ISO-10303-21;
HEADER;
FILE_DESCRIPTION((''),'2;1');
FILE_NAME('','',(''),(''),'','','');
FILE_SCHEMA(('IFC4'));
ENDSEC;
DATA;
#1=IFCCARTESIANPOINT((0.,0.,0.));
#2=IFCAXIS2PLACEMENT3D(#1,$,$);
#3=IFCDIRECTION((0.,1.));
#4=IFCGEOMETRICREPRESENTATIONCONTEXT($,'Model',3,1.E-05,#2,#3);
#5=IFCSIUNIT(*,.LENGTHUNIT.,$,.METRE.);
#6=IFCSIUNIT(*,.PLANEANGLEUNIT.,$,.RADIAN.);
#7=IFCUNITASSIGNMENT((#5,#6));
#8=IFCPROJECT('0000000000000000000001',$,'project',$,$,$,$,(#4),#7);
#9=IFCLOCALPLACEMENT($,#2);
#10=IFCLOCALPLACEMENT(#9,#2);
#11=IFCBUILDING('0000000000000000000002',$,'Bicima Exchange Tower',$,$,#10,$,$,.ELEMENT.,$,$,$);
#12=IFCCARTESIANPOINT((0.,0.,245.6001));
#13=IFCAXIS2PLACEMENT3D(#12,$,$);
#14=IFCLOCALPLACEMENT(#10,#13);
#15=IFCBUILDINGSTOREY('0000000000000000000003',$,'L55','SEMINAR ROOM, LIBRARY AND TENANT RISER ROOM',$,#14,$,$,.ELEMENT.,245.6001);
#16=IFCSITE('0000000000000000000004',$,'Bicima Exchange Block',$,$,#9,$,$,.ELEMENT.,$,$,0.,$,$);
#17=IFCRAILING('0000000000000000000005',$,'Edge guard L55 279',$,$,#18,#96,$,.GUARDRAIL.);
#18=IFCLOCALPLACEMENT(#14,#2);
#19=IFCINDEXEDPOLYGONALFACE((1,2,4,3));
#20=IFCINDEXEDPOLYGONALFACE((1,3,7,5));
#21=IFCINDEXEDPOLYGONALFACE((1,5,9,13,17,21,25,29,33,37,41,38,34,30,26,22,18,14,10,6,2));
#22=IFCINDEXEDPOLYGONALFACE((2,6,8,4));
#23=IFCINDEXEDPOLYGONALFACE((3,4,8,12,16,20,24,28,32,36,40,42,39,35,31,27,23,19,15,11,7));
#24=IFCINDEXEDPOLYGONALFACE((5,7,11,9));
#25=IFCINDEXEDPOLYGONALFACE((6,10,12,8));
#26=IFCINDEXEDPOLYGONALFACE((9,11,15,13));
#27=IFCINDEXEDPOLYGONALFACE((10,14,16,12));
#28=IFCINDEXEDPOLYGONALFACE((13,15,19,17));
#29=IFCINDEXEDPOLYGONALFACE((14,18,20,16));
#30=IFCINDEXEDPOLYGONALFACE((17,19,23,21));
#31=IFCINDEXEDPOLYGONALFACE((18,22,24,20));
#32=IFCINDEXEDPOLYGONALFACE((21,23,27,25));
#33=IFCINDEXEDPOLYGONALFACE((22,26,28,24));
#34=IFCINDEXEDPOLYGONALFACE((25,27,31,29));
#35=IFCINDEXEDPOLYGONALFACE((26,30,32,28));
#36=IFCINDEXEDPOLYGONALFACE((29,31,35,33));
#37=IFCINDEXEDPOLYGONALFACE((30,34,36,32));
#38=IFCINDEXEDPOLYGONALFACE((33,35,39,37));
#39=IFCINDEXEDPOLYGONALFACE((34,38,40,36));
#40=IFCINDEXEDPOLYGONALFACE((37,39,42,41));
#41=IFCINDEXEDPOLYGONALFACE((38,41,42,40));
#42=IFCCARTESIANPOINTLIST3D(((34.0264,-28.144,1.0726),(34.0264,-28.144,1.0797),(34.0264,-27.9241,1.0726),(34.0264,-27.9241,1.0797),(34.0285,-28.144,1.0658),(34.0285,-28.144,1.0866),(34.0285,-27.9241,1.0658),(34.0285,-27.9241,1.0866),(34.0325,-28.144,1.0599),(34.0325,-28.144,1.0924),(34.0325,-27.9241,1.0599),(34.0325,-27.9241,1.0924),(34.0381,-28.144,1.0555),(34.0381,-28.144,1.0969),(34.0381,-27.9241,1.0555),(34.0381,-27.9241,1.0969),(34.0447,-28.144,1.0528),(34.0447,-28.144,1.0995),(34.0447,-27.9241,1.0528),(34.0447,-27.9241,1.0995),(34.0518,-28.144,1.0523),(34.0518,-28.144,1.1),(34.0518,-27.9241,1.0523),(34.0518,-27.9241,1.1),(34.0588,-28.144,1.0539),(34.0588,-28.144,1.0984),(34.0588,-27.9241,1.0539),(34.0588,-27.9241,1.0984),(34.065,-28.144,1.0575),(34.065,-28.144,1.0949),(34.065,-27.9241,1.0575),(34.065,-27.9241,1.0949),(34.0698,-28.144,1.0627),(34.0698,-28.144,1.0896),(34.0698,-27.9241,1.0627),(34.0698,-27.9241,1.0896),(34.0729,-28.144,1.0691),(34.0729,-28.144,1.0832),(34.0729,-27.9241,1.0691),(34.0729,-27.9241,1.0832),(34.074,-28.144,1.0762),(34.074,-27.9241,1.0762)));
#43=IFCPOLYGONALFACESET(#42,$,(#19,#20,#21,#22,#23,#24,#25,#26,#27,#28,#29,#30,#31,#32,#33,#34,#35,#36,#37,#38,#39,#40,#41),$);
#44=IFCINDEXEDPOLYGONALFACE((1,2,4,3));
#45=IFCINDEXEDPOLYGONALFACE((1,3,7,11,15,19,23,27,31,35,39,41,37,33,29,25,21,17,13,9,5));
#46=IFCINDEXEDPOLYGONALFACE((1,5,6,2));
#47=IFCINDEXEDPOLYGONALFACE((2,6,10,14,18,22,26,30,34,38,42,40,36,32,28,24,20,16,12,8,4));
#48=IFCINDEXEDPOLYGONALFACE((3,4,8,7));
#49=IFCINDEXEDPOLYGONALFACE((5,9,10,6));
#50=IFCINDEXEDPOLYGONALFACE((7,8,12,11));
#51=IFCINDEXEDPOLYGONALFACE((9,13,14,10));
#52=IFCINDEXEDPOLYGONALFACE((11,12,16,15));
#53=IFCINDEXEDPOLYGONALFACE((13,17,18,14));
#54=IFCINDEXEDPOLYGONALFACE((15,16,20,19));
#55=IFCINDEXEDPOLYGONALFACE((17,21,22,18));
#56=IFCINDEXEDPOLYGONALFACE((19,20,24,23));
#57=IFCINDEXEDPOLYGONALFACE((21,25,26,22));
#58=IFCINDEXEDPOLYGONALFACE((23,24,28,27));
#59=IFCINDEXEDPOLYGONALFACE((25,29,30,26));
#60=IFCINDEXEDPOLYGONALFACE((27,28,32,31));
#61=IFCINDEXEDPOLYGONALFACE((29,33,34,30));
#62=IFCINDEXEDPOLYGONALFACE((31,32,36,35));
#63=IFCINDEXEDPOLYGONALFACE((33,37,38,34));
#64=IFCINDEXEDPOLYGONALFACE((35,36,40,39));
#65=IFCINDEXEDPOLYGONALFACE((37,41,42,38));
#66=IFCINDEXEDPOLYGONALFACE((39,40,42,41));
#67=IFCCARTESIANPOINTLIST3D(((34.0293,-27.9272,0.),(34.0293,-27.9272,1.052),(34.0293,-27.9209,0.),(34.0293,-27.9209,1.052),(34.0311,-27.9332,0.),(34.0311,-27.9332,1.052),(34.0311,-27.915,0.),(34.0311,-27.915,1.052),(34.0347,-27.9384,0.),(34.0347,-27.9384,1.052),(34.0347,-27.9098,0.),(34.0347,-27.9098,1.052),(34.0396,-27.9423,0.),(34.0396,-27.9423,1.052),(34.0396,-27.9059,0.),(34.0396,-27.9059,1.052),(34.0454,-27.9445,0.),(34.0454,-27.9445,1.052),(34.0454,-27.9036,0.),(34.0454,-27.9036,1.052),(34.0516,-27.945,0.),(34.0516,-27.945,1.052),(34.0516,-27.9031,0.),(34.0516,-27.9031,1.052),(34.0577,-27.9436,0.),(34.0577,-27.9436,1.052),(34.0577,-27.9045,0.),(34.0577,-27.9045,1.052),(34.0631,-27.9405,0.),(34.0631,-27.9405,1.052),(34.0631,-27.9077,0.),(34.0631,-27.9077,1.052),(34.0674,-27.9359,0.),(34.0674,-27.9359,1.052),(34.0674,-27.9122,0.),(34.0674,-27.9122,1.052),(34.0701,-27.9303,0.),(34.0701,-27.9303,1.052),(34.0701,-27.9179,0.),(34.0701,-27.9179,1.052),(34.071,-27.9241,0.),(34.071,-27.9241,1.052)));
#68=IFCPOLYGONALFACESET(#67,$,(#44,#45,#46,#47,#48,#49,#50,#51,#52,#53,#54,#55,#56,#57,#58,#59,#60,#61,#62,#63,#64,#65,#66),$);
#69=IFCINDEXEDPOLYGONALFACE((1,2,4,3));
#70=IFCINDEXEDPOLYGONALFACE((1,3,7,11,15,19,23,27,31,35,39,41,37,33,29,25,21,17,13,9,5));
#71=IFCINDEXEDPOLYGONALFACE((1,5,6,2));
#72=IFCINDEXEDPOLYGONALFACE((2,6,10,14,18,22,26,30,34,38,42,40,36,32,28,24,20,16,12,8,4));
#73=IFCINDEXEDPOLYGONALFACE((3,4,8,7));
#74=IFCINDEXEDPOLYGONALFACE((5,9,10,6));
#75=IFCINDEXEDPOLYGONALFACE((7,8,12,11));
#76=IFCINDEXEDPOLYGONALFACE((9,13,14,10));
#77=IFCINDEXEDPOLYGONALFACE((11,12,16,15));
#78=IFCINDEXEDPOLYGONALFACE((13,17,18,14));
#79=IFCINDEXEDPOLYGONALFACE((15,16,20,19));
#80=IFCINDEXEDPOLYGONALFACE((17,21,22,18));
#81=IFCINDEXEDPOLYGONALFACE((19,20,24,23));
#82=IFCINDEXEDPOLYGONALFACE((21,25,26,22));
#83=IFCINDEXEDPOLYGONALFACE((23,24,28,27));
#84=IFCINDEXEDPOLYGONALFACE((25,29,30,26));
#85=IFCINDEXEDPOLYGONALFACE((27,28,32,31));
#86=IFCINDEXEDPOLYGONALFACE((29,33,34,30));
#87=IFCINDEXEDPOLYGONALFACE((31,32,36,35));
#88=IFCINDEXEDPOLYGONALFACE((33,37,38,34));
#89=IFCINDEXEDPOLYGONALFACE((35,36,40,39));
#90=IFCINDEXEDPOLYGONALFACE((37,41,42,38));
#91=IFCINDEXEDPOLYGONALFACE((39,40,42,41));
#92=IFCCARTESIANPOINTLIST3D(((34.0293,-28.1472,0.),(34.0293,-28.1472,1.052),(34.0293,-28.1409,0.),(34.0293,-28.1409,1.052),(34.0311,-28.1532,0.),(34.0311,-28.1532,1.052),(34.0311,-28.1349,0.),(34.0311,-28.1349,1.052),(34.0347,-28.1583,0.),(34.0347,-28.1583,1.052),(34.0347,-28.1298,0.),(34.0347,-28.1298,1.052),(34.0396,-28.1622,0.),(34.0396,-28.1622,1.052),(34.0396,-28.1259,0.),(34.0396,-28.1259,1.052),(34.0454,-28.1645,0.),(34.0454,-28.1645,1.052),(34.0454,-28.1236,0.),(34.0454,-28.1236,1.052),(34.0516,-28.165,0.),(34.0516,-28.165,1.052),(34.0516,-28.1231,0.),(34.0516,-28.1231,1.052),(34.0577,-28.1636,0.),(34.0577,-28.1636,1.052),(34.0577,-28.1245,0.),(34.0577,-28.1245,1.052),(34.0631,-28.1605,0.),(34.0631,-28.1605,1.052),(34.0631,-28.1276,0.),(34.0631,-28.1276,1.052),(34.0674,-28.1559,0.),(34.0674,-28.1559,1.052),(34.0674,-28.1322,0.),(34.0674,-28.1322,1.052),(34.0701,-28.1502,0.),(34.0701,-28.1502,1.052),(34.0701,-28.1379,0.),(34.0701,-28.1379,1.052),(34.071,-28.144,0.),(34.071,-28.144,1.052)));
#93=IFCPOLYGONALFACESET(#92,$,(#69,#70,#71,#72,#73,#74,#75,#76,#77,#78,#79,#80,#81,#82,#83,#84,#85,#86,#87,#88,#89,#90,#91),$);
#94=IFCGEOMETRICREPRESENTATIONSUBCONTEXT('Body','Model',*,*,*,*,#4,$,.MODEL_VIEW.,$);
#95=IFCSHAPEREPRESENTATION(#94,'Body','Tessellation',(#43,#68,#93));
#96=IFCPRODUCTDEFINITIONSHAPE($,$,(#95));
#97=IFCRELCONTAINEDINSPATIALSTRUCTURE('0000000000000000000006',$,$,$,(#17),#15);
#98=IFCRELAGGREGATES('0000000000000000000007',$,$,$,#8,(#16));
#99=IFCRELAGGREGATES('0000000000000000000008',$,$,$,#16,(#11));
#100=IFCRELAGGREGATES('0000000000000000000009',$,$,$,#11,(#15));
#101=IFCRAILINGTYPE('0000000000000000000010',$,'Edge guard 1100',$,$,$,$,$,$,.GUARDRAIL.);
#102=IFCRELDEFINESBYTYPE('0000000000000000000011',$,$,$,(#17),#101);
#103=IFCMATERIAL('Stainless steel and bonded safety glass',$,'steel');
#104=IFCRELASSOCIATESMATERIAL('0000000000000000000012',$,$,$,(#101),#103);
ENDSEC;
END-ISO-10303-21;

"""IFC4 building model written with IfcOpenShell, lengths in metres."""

from ifc_helpers import new_model, si_unit, direction, frame, origin, origin_2d, place, context, subcontext, project, spatial, circle, extrude, material, type_object, element, save


model = new_model("IFC4")

# Units and contexts
model_context = context("Model", 3, precision=1e-05, world=origin(), true_north=direction((0.0, 1.0)))
body_context = subcontext(model_context, "Body", "Model", "MODEL_VIEW")
ifc_project = project(units=[si_unit("LENGTHUNIT", "METRE"), si_unit("PLANEANGLEUNIT", "RADIAN")], contexts=[model_context])

# Site, building, storey
site_placement = place(None, origin())
site = spatial("IfcSite", under=ifc_project, at=site_placement, Name="Bicima Exchange Block", CompositionType="ELEMENT", RefElevation=0.0)
building_placement = place(site_placement, origin())
building = spatial("IfcBuilding", under=site, at=building_placement, Name="Bicima Exchange Tower", CompositionType="ELEMENT")
storey_placement = place(building_placement, frame((0.0, 0.0, 245.6001)))
storey = spatial("IfcBuildingStorey", under=building, at=storey_placement, Name="L55", Description="SEMINAR ROOM, LIBRARY AND TENANT RISER ROOM", CompositionType="ELEMENT", Elevation=245.6001)

# Railing
ifc_material_1 = material(Name="Stainless steel and bonded safety glass", Category="steel")
railing_type = type_object("IfcRailingType", Name="Edge guard 1100", PredefinedType="GUARDRAIL", material=ifc_material_1)
railing_1_placement = place(storey_placement, frame((34.05, -27.9241, 0.0)))
element("IfcRailing", 1, at=railing_1_placement, inside=storey, type_object=railing_type, Name="Edge guard L55 279", PredefinedType="GUARDRAIL", context=body_context, shape_type="SweptSolid", body=[
    extrude(circle(Radius=0.0239, at=origin_2d()), frame((0.0, 0.0, 1.0762), z_axis=(0.0, -1.0, 0.0), x_axis=(1.0, 0.0, 0.0)), (0.0, 0.0, 1.0), 0.22),
    extrude(circle(Radius=0.021, at=origin_2d()), origin(), (0.0, 0.0, 1.0), 1.052),
    extrude(circle(Radius=0.021, at=origin_2d()), frame((0.0, -0.22, 0.0)), (0.0, 0.0, 1.0), 1.052),
])

save(model, "model.ifc")
